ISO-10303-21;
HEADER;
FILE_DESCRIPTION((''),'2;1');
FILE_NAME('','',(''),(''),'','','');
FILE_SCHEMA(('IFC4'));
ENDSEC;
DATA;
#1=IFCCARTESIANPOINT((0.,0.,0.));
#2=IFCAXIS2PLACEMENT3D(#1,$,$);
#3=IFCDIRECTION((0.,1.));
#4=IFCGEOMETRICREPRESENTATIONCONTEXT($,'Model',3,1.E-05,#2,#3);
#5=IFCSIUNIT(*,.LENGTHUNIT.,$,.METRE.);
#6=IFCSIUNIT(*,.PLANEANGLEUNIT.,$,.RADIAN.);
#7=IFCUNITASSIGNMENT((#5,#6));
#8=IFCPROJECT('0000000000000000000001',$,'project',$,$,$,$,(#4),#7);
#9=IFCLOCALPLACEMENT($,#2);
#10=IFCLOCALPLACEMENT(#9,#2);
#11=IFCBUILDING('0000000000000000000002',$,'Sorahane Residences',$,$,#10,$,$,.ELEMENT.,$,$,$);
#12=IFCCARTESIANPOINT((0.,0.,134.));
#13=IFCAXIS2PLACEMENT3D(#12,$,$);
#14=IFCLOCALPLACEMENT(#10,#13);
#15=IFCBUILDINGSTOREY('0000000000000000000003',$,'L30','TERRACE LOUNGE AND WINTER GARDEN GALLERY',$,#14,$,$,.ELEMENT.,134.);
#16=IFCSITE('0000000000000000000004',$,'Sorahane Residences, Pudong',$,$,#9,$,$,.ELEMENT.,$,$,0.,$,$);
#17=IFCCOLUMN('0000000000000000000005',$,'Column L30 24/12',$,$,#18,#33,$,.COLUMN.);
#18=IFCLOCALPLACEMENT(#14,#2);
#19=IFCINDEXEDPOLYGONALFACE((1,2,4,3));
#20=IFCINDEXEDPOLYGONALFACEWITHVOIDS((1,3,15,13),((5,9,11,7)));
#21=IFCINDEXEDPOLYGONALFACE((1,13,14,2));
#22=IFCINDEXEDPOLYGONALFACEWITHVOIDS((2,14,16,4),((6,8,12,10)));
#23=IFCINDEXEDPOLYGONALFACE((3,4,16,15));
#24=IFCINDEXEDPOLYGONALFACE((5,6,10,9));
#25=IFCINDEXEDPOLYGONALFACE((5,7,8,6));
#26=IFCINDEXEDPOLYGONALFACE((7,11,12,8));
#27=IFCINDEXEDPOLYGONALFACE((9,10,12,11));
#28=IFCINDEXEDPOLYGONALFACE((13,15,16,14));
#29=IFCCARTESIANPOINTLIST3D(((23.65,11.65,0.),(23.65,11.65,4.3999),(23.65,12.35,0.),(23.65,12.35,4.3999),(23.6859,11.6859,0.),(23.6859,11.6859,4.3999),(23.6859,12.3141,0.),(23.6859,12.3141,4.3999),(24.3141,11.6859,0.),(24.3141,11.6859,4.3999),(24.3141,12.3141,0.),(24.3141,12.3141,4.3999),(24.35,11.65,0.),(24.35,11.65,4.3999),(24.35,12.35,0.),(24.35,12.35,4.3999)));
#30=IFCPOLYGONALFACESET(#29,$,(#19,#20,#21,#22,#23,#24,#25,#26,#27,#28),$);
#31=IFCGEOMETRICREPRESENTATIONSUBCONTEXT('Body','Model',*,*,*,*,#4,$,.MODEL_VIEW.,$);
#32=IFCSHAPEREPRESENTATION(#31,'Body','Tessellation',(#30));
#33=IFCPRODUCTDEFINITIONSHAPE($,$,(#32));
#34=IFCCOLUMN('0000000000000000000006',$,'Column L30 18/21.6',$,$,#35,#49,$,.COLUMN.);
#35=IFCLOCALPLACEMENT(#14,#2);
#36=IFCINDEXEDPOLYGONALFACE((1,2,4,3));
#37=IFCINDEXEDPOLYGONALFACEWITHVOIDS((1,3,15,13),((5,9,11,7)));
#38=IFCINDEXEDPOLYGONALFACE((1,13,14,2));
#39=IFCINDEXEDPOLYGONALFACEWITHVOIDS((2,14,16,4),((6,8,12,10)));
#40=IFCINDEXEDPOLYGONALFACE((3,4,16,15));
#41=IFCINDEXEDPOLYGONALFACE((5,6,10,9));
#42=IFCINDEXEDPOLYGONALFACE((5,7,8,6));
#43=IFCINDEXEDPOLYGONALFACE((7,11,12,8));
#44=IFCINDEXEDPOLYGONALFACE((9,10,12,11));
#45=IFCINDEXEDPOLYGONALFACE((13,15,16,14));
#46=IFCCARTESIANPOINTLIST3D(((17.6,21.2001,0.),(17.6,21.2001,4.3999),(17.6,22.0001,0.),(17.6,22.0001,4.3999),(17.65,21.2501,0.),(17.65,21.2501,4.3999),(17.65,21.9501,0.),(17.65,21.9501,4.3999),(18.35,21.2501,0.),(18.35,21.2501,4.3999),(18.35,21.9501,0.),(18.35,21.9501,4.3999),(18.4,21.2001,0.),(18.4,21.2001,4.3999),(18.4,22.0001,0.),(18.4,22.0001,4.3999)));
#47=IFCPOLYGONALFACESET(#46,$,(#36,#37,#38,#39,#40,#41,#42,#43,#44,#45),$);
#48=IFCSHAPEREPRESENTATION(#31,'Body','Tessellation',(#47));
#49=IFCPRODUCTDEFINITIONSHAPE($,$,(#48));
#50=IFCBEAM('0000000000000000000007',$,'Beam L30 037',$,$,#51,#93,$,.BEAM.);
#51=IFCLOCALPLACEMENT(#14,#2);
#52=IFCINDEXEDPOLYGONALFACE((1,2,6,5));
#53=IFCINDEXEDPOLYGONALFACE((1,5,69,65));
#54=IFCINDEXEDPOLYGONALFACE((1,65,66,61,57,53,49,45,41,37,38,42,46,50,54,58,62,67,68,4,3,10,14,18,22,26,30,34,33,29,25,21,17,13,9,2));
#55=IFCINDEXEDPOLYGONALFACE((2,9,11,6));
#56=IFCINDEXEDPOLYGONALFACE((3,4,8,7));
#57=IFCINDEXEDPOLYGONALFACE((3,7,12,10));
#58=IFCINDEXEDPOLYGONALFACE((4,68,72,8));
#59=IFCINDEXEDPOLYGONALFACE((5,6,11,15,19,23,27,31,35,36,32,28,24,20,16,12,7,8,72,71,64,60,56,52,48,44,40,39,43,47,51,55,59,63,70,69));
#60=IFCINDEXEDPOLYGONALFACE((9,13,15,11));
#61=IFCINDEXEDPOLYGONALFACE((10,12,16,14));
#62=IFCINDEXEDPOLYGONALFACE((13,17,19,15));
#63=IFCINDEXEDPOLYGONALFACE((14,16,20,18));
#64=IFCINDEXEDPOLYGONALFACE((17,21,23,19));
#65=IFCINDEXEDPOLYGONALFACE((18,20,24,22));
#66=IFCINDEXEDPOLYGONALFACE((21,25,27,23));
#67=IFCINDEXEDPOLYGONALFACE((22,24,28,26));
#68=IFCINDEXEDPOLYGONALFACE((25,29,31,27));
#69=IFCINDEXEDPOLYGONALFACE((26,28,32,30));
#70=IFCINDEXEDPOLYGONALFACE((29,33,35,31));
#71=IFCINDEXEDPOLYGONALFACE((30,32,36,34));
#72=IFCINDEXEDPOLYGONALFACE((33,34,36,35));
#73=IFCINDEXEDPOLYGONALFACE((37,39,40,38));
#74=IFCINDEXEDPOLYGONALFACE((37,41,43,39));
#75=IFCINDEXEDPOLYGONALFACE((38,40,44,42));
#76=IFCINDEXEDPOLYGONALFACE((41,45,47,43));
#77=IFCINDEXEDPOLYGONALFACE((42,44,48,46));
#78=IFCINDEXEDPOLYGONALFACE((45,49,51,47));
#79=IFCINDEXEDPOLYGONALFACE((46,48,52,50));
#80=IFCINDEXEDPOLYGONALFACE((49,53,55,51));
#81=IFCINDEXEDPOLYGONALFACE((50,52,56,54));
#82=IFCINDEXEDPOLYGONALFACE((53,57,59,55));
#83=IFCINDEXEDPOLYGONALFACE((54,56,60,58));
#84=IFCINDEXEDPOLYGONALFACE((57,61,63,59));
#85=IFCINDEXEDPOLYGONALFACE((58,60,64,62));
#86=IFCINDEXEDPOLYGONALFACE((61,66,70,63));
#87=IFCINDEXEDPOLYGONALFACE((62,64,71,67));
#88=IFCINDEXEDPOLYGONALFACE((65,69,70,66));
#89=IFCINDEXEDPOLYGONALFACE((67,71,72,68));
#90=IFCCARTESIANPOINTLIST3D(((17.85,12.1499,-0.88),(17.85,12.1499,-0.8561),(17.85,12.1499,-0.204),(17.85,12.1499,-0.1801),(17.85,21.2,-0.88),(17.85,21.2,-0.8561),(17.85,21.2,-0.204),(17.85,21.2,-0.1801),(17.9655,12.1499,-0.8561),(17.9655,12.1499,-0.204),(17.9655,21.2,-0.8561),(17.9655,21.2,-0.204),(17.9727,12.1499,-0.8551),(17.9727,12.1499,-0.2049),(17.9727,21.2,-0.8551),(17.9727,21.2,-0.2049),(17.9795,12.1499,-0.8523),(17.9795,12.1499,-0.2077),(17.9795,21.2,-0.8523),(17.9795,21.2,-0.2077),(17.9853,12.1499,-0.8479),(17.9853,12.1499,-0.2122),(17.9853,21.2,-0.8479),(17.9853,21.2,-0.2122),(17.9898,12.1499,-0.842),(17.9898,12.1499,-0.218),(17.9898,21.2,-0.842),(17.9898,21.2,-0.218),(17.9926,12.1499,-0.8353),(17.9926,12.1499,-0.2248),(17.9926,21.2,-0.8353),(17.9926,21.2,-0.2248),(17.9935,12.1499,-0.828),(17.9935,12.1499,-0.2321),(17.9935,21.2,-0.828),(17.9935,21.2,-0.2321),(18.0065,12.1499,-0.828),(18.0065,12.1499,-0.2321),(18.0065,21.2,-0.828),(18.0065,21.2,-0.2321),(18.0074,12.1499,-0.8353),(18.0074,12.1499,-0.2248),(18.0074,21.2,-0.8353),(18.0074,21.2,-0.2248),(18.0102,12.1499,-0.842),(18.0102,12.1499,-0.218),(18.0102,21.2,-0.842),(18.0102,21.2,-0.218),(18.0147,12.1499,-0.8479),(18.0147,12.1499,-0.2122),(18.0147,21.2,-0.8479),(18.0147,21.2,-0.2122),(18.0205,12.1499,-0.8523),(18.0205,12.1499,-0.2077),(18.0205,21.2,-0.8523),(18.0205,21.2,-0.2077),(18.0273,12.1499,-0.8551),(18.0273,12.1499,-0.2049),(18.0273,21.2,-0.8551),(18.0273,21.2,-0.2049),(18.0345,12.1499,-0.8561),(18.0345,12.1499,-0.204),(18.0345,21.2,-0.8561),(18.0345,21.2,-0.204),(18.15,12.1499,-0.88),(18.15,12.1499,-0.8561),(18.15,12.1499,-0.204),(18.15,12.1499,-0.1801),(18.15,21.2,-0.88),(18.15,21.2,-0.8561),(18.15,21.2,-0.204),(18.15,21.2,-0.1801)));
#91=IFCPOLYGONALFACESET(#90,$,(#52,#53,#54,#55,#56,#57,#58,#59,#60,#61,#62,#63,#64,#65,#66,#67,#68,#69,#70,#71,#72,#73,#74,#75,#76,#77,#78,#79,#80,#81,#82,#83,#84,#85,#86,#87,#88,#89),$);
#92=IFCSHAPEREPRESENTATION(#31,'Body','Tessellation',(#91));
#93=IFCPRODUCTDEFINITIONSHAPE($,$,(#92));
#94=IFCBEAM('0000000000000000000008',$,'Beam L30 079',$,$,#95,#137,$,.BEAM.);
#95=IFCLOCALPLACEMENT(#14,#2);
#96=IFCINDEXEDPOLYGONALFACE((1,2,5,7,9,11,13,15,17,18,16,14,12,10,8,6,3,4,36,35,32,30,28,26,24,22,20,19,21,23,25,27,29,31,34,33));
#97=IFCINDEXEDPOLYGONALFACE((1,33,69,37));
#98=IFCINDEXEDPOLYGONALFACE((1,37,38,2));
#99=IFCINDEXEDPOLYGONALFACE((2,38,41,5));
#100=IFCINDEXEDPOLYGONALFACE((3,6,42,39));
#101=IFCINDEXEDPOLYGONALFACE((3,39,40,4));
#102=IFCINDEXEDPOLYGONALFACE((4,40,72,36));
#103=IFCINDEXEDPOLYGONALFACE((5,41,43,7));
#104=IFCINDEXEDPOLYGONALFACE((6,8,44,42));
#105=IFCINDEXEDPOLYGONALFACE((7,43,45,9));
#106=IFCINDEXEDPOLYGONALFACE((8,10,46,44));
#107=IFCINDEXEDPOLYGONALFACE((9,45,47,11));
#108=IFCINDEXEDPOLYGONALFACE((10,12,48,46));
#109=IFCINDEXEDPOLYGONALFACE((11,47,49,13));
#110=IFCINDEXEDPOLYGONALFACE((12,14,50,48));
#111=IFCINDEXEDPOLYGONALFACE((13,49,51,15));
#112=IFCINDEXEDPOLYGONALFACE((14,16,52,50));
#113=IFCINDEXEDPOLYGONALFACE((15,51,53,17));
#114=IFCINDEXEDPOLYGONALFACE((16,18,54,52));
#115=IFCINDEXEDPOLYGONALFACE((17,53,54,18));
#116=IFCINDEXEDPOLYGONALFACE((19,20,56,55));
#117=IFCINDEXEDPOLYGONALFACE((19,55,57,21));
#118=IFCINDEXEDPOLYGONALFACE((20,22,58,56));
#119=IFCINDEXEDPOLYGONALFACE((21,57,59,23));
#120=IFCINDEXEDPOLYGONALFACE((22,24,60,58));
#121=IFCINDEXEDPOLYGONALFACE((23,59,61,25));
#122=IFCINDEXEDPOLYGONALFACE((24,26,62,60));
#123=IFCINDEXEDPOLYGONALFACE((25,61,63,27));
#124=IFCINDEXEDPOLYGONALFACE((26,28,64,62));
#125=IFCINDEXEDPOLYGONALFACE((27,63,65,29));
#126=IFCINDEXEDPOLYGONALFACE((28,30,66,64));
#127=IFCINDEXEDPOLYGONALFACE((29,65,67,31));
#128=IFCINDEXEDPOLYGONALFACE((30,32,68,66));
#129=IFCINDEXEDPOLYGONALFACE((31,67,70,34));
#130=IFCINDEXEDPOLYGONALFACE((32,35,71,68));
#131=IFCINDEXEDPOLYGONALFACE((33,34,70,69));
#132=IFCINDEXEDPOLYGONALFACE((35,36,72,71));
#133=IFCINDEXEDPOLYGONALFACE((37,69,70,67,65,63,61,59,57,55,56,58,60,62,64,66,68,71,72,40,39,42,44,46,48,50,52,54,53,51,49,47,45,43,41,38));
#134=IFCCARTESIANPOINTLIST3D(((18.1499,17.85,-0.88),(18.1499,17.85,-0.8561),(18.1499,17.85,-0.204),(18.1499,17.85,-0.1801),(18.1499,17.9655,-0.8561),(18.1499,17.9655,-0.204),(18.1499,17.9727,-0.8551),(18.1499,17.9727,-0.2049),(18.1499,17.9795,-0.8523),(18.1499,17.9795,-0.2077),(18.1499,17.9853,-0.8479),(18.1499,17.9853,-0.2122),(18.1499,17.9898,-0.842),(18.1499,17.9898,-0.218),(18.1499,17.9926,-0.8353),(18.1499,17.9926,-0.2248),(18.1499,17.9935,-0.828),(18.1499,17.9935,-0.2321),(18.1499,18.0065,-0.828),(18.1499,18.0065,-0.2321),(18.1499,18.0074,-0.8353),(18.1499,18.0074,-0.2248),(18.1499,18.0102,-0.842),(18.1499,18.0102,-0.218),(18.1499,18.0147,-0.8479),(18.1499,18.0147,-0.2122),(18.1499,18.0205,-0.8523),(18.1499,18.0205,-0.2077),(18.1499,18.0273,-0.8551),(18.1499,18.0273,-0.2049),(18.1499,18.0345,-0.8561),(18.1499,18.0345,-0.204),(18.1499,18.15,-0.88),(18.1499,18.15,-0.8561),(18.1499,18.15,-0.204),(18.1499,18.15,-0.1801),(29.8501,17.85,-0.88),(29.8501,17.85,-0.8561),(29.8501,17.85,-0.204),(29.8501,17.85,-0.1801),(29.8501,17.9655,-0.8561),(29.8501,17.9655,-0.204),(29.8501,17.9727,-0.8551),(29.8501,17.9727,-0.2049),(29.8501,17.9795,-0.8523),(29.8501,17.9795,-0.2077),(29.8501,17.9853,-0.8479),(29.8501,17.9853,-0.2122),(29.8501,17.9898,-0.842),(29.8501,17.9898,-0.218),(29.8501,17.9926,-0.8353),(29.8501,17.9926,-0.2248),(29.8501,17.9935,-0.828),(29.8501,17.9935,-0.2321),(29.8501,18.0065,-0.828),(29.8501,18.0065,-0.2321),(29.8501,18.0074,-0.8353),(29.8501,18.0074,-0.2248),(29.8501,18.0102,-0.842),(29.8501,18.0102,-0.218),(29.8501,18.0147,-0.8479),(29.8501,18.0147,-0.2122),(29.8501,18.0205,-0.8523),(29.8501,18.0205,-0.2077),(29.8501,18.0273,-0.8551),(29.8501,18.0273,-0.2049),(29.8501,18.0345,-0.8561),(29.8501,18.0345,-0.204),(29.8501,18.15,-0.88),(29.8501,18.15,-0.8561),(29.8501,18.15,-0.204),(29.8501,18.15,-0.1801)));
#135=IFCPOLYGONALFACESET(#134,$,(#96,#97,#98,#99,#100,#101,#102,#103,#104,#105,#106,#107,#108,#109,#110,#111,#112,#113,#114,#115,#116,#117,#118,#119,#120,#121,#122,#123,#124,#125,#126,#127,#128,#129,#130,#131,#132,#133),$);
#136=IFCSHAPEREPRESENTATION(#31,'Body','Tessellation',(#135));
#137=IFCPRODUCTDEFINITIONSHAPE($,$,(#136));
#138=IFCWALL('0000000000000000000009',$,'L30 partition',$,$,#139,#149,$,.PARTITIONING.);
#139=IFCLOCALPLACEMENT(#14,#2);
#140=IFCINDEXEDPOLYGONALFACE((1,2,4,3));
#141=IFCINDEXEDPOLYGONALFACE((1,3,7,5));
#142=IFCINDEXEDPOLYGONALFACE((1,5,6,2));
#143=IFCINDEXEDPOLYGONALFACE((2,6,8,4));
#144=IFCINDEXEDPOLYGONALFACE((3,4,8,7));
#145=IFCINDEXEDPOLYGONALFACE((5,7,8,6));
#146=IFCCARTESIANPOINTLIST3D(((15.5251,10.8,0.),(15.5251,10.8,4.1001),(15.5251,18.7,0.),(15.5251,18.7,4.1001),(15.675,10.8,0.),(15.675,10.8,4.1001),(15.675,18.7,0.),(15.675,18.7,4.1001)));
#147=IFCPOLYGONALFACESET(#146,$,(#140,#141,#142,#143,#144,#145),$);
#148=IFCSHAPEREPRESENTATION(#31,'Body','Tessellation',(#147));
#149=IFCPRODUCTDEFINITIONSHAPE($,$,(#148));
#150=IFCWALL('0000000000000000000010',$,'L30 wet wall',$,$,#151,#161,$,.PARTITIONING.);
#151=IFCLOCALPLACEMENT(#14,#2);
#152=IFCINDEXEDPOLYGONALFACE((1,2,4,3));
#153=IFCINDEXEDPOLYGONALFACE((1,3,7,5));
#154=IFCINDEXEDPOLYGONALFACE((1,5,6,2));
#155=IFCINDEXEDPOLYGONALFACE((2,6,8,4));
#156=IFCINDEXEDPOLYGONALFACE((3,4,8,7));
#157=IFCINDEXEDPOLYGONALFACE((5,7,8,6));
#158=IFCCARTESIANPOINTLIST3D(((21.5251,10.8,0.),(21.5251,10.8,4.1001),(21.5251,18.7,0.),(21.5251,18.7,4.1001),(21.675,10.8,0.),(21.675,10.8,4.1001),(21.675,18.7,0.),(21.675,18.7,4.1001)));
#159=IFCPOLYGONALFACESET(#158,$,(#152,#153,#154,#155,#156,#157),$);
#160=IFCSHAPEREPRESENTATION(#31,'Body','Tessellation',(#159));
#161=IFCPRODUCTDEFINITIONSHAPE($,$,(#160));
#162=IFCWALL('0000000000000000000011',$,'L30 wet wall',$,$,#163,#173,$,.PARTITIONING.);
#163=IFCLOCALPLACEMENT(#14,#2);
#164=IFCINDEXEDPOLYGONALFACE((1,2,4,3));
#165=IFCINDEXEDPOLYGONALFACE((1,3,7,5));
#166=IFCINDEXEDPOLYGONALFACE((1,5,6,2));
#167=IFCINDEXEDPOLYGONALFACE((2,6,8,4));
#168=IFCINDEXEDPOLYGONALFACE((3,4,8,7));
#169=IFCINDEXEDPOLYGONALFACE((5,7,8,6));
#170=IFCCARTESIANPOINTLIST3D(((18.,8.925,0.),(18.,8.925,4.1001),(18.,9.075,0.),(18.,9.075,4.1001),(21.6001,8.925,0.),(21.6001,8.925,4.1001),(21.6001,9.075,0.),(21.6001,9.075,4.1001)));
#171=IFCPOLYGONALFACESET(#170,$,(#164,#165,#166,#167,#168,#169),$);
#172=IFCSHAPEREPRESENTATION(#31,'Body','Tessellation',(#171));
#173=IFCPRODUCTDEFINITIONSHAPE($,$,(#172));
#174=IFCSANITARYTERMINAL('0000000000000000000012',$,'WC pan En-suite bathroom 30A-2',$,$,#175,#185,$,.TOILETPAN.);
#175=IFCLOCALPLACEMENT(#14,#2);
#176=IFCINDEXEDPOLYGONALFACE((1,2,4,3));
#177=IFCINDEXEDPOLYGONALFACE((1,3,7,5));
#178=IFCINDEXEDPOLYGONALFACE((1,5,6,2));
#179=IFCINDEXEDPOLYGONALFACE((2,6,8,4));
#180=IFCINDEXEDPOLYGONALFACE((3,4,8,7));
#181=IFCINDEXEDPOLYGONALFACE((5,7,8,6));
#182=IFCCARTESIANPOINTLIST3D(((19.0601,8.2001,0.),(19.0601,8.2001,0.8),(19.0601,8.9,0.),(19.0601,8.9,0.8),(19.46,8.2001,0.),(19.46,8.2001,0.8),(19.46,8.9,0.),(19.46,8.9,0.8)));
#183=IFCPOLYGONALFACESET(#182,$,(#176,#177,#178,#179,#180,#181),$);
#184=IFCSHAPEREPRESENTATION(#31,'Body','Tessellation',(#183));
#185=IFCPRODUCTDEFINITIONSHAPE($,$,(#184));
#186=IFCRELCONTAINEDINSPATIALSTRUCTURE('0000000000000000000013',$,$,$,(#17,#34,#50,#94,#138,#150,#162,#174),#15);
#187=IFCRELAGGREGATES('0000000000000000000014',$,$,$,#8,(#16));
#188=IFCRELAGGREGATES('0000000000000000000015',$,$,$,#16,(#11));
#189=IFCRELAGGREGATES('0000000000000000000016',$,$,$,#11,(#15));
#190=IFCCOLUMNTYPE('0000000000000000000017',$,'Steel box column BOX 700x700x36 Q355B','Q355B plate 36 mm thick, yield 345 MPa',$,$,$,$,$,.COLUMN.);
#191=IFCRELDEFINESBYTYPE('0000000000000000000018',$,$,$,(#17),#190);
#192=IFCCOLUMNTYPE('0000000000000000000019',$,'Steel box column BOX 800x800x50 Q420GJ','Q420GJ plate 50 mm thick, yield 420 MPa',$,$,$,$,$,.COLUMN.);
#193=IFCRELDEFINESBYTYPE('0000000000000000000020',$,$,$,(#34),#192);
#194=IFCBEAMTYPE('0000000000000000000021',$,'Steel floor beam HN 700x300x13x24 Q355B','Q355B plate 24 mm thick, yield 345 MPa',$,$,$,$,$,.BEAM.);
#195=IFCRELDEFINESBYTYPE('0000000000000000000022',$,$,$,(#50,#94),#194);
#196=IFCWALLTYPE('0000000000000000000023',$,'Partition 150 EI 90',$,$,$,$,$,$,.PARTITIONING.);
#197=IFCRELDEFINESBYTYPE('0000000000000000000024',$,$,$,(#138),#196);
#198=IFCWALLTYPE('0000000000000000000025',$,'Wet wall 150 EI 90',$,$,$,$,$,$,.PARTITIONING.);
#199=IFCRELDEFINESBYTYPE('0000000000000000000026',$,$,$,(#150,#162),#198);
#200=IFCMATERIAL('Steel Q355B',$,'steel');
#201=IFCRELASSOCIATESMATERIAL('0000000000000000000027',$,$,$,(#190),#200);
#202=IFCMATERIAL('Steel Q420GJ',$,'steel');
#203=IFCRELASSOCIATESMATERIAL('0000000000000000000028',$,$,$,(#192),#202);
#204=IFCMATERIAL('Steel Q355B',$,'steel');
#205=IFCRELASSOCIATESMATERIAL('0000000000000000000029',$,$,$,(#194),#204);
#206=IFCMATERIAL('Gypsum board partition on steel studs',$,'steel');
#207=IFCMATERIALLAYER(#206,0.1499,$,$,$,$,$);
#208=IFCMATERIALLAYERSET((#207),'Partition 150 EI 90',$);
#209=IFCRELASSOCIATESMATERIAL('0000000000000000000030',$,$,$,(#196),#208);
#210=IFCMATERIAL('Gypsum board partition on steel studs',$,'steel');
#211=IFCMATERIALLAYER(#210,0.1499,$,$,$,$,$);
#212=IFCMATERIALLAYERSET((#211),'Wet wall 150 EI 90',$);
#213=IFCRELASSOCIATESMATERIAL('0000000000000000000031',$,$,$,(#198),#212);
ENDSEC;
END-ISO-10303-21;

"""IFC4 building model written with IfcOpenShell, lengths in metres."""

from ifc_helpers import new_model, si_unit, direction, frame, frame_2d, origin, origin_2d, place, context, subcontext, project, spatial, rectangle, hollow_rectangle, i_section, extrude, material, layer, layer_set, material_profile, profile_set, type_object, element, save


model = new_model("IFC4")

# Units and contexts
model_context = context("Model", 3, precision=1e-05, world=origin(), true_north=direction((0.0, 1.0)))
body_context = subcontext(model_context, "Body", "Model", "MODEL_VIEW")
ifc_project = project(units=[si_unit("LENGTHUNIT", "METRE"), si_unit("PLANEANGLEUNIT", "RADIAN")], contexts=[model_context])

# Site, building, storey
site_placement = place(None, origin())
site = spatial("IfcSite", under=ifc_project, at=site_placement, Name="Sorahane Residences, Pudong", CompositionType="ELEMENT", RefElevation=0.0)
building_placement = place(site_placement, origin())
building = spatial("IfcBuilding", under=site, at=building_placement, Name="Sorahane Residences", CompositionType="ELEMENT")
storey_placement = place(building_placement, frame((0.0, 0.0, 134.0)))
storey = spatial("IfcBuildingStorey", under=building, at=storey_placement, Name="L30", Description="TERRACE LOUNGE AND WINTER GARDEN GALLERY", CompositionType="ELEMENT", Elevation=134.0)

# Columns
ifc_material_1 = material(Name="Steel Q355B", Category="steel")
ifc_material_profile_1 = material_profile(ifc_material_1, hollow_rectangle(XDim=0.7, YDim=0.7, WallThickness=0.0359, at=origin_2d()), Name="BOX 700x700x36")
ifc_profile_set_1 = profile_set([ifc_material_profile_1], Name="Steel Q355B")
column_type_1 = type_object("IfcColumnType", Name="Steel box column BOX 700x700x36 Q355B", Description="Q355B plate 36 mm thick, yield 345 MPa", PredefinedType="COLUMN", material=ifc_profile_set_1)
column_1_placement = place(storey_placement, frame((24.0, 12.0, 0.0), z_axis=(0.0, 0.0, 1.0), x_axis=(1.0, 0.0, 0.0)))
element("IfcColumn", 1, at=column_1_placement, inside=storey, type_object=column_type_1, Name="Column L30 24/12", PredefinedType="COLUMN", context=body_context, shape_type="SweptSolid", body=[
    extrude(hollow_rectangle(XDim=0.7, YDim=0.7, WallThickness=0.0359, at=origin_2d()), origin(), (0.0, 0.0, 1.0), 4.3999),
])
ifc_material_2 = material(Name="Steel Q420GJ", Category="steel")
ifc_material_profile_2 = material_profile(ifc_material_2, hollow_rectangle(XDim=0.8, YDim=0.8, WallThickness=0.05, at=origin_2d()), Name="BOX 800x800x50")
ifc_profile_set_2 = profile_set([ifc_material_profile_2], Name="Steel Q420GJ")
column_type_2 = type_object("IfcColumnType", Name="Steel box column BOX 800x800x50 Q420GJ", Description="Q420GJ plate 50 mm thick, yield 420 MPa", PredefinedType="COLUMN", material=ifc_profile_set_2)
column_2_placement = place(storey_placement, frame((18.0, 21.6001, 0.0), z_axis=(0.0, 0.0, 1.0), x_axis=(1.0, 0.0, 0.0)))
element("IfcColumn", 2, at=column_2_placement, inside=storey, type_object=column_type_2, Name="Column L30 18/21.6", PredefinedType="COLUMN", context=body_context, shape_type="SweptSolid", body=[
    extrude(hollow_rectangle(XDim=0.8, YDim=0.8, WallThickness=0.05, at=origin_2d()), origin(), (0.0, 0.0, 1.0), 4.3999),
])

# Beams
ifc_material_3 = material(Name="Steel Q355B", Category="steel")
ifc_material_profile_3 = material_profile(ifc_material_3, i_section(OverallWidth=0.3, OverallDepth=0.7, WebThickness=0.0129, FlangeThickness=0.0239, FilletRadius=0.0281, at=origin_2d()), Name="HN 700x300x13x24")
ifc_profile_set_3 = profile_set([ifc_material_profile_3], Name="Steel Q355B")
beam_type = type_object("IfcBeamType", Name="Steel floor beam HN 700x300x13x24 Q355B", Description="Q355B plate 24 mm thick, yield 345 MPa", PredefinedType="BEAM", material=ifc_profile_set_3)
beam_1_placement = place(storey_placement, frame((18.0, 12.1499, -0.53), z_axis=(0.0, 1.0, 0.0), x_axis=(-1.0, 0.0, 0.0)))
element("IfcBeam", 3, at=beam_1_placement, inside=storey, type_object=beam_type, Name="Beam L30 037", PredefinedType="BEAM", context=body_context, shape_type="SweptSolid", body=[
    extrude(i_section(OverallWidth=0.3, OverallDepth=0.7, WebThickness=0.0129, FlangeThickness=0.0239, FilletRadius=0.0281, at=origin_2d()), origin(), (0.0, 0.0, 1.0), 9.05),
])
beam_2_placement = place(storey_placement, frame((18.1499, 18.0, -0.53), z_axis=(1.0, 0.0, 0.0), x_axis=(0.0, 1.0, 0.0)))
element("IfcBeam", 4, at=beam_2_placement, inside=storey, type_object=beam_type, Name="Beam L30 079", PredefinedType="BEAM", context=body_context, shape_type="SweptSolid", body=[
    extrude(i_section(OverallWidth=0.3, OverallDepth=0.7, WebThickness=0.0129, FlangeThickness=0.0239, FilletRadius=0.0281, at=origin_2d()), origin(), (0.0, 0.0, 1.0), 11.7002),
])

# Wall
ifc_material_4 = material(Name="Gypsum board partition on steel studs", Category="steel")
ifc_layer_1 = layer(ifc_material_4, 0.1499)
ifc_layer_set_1 = layer_set([ifc_layer_1], Name="Partition 150 EI 90")
wall_type_1 = type_object("IfcWallType", Name="Partition 150 EI 90", PredefinedType="PARTITIONING", material=ifc_layer_set_1)
wall_1_placement = place(storey_placement, frame((15.6001, 10.8, 0.0), z_axis=(0.0, 0.0, 1.0), x_axis=(0.0, 1.0, 0.0)))
element("IfcWall", 5, at=wall_1_placement, inside=storey, type_object=wall_type_1, Name="L30 partition", PredefinedType="PARTITIONING", context=body_context, shape_type="SweptSolid", body=[
    extrude(rectangle(XDim=7.8999, YDim=0.1499, at=frame_2d((3.95, 0.0))), origin(), (0.0, 0.0, 1.0), 4.1001),
])

# Wall
ifc_material_5 = material(Name="Gypsum board partition on steel studs", Category="steel")
ifc_layer_2 = layer(ifc_material_5, 0.1499)
ifc_layer_set_2 = layer_set([ifc_layer_2], Name="Wet wall 150 EI 90")
wall_type_2 = type_object("IfcWallType", Name="Wet wall 150 EI 90", PredefinedType="PARTITIONING", material=ifc_layer_set_2)
wall_2_placement = place(storey_placement, frame((21.6001, 10.8, 0.0), z_axis=(0.0, 0.0, 1.0), x_axis=(0.0, 1.0, 0.0)))
element("IfcWall", 6, at=wall_2_placement, inside=storey, type_object=wall_type_2, Name="L30 wet wall", PredefinedType="PARTITIONING", context=body_context, shape_type="SweptSolid", body=[
    extrude(rectangle(XDim=7.8999, YDim=0.1499, at=frame_2d((3.95, 0.0))), origin(), (0.0, 0.0, 1.0), 4.1001),
])

# Wall
wall_3_placement = place(storey_placement, frame((18.0, 9.0, 0.0), z_axis=(0.0, 0.0, 1.0), x_axis=(1.0, 0.0, 0.0)))
element("IfcWall", 7, at=wall_3_placement, inside=storey, type_object=wall_type_2, Name="L30 wet wall", PredefinedType="PARTITIONING", context=body_context, shape_type="SweptSolid", body=[
    extrude(rectangle(XDim=3.6001, YDim=0.1499, at=frame_2d((1.8, 0.0))), origin(), (0.0, 0.0, 1.0), 4.1001),
])

# Sanitary terminal
sanitary_terminal_1_placement = place(storey_placement, frame((19.26, 8.55, 0.0), z_axis=(0.0, 0.0, 1.0), x_axis=(1.0, 0.0, 0.0)))
element("IfcSanitaryTerminal", 8, at=sanitary_terminal_1_placement, inside=storey, Name="WC pan En-suite bathroom 30A-2", PredefinedType="TOILETPAN", context=body_context, shape_type="SweptSolid", body=[
    extrude(rectangle(XDim=0.3999, YDim=0.7, at=origin_2d()), origin(), (0.0, 0.0, 1.0), 0.8),
])

save(model, "model.ifc")
